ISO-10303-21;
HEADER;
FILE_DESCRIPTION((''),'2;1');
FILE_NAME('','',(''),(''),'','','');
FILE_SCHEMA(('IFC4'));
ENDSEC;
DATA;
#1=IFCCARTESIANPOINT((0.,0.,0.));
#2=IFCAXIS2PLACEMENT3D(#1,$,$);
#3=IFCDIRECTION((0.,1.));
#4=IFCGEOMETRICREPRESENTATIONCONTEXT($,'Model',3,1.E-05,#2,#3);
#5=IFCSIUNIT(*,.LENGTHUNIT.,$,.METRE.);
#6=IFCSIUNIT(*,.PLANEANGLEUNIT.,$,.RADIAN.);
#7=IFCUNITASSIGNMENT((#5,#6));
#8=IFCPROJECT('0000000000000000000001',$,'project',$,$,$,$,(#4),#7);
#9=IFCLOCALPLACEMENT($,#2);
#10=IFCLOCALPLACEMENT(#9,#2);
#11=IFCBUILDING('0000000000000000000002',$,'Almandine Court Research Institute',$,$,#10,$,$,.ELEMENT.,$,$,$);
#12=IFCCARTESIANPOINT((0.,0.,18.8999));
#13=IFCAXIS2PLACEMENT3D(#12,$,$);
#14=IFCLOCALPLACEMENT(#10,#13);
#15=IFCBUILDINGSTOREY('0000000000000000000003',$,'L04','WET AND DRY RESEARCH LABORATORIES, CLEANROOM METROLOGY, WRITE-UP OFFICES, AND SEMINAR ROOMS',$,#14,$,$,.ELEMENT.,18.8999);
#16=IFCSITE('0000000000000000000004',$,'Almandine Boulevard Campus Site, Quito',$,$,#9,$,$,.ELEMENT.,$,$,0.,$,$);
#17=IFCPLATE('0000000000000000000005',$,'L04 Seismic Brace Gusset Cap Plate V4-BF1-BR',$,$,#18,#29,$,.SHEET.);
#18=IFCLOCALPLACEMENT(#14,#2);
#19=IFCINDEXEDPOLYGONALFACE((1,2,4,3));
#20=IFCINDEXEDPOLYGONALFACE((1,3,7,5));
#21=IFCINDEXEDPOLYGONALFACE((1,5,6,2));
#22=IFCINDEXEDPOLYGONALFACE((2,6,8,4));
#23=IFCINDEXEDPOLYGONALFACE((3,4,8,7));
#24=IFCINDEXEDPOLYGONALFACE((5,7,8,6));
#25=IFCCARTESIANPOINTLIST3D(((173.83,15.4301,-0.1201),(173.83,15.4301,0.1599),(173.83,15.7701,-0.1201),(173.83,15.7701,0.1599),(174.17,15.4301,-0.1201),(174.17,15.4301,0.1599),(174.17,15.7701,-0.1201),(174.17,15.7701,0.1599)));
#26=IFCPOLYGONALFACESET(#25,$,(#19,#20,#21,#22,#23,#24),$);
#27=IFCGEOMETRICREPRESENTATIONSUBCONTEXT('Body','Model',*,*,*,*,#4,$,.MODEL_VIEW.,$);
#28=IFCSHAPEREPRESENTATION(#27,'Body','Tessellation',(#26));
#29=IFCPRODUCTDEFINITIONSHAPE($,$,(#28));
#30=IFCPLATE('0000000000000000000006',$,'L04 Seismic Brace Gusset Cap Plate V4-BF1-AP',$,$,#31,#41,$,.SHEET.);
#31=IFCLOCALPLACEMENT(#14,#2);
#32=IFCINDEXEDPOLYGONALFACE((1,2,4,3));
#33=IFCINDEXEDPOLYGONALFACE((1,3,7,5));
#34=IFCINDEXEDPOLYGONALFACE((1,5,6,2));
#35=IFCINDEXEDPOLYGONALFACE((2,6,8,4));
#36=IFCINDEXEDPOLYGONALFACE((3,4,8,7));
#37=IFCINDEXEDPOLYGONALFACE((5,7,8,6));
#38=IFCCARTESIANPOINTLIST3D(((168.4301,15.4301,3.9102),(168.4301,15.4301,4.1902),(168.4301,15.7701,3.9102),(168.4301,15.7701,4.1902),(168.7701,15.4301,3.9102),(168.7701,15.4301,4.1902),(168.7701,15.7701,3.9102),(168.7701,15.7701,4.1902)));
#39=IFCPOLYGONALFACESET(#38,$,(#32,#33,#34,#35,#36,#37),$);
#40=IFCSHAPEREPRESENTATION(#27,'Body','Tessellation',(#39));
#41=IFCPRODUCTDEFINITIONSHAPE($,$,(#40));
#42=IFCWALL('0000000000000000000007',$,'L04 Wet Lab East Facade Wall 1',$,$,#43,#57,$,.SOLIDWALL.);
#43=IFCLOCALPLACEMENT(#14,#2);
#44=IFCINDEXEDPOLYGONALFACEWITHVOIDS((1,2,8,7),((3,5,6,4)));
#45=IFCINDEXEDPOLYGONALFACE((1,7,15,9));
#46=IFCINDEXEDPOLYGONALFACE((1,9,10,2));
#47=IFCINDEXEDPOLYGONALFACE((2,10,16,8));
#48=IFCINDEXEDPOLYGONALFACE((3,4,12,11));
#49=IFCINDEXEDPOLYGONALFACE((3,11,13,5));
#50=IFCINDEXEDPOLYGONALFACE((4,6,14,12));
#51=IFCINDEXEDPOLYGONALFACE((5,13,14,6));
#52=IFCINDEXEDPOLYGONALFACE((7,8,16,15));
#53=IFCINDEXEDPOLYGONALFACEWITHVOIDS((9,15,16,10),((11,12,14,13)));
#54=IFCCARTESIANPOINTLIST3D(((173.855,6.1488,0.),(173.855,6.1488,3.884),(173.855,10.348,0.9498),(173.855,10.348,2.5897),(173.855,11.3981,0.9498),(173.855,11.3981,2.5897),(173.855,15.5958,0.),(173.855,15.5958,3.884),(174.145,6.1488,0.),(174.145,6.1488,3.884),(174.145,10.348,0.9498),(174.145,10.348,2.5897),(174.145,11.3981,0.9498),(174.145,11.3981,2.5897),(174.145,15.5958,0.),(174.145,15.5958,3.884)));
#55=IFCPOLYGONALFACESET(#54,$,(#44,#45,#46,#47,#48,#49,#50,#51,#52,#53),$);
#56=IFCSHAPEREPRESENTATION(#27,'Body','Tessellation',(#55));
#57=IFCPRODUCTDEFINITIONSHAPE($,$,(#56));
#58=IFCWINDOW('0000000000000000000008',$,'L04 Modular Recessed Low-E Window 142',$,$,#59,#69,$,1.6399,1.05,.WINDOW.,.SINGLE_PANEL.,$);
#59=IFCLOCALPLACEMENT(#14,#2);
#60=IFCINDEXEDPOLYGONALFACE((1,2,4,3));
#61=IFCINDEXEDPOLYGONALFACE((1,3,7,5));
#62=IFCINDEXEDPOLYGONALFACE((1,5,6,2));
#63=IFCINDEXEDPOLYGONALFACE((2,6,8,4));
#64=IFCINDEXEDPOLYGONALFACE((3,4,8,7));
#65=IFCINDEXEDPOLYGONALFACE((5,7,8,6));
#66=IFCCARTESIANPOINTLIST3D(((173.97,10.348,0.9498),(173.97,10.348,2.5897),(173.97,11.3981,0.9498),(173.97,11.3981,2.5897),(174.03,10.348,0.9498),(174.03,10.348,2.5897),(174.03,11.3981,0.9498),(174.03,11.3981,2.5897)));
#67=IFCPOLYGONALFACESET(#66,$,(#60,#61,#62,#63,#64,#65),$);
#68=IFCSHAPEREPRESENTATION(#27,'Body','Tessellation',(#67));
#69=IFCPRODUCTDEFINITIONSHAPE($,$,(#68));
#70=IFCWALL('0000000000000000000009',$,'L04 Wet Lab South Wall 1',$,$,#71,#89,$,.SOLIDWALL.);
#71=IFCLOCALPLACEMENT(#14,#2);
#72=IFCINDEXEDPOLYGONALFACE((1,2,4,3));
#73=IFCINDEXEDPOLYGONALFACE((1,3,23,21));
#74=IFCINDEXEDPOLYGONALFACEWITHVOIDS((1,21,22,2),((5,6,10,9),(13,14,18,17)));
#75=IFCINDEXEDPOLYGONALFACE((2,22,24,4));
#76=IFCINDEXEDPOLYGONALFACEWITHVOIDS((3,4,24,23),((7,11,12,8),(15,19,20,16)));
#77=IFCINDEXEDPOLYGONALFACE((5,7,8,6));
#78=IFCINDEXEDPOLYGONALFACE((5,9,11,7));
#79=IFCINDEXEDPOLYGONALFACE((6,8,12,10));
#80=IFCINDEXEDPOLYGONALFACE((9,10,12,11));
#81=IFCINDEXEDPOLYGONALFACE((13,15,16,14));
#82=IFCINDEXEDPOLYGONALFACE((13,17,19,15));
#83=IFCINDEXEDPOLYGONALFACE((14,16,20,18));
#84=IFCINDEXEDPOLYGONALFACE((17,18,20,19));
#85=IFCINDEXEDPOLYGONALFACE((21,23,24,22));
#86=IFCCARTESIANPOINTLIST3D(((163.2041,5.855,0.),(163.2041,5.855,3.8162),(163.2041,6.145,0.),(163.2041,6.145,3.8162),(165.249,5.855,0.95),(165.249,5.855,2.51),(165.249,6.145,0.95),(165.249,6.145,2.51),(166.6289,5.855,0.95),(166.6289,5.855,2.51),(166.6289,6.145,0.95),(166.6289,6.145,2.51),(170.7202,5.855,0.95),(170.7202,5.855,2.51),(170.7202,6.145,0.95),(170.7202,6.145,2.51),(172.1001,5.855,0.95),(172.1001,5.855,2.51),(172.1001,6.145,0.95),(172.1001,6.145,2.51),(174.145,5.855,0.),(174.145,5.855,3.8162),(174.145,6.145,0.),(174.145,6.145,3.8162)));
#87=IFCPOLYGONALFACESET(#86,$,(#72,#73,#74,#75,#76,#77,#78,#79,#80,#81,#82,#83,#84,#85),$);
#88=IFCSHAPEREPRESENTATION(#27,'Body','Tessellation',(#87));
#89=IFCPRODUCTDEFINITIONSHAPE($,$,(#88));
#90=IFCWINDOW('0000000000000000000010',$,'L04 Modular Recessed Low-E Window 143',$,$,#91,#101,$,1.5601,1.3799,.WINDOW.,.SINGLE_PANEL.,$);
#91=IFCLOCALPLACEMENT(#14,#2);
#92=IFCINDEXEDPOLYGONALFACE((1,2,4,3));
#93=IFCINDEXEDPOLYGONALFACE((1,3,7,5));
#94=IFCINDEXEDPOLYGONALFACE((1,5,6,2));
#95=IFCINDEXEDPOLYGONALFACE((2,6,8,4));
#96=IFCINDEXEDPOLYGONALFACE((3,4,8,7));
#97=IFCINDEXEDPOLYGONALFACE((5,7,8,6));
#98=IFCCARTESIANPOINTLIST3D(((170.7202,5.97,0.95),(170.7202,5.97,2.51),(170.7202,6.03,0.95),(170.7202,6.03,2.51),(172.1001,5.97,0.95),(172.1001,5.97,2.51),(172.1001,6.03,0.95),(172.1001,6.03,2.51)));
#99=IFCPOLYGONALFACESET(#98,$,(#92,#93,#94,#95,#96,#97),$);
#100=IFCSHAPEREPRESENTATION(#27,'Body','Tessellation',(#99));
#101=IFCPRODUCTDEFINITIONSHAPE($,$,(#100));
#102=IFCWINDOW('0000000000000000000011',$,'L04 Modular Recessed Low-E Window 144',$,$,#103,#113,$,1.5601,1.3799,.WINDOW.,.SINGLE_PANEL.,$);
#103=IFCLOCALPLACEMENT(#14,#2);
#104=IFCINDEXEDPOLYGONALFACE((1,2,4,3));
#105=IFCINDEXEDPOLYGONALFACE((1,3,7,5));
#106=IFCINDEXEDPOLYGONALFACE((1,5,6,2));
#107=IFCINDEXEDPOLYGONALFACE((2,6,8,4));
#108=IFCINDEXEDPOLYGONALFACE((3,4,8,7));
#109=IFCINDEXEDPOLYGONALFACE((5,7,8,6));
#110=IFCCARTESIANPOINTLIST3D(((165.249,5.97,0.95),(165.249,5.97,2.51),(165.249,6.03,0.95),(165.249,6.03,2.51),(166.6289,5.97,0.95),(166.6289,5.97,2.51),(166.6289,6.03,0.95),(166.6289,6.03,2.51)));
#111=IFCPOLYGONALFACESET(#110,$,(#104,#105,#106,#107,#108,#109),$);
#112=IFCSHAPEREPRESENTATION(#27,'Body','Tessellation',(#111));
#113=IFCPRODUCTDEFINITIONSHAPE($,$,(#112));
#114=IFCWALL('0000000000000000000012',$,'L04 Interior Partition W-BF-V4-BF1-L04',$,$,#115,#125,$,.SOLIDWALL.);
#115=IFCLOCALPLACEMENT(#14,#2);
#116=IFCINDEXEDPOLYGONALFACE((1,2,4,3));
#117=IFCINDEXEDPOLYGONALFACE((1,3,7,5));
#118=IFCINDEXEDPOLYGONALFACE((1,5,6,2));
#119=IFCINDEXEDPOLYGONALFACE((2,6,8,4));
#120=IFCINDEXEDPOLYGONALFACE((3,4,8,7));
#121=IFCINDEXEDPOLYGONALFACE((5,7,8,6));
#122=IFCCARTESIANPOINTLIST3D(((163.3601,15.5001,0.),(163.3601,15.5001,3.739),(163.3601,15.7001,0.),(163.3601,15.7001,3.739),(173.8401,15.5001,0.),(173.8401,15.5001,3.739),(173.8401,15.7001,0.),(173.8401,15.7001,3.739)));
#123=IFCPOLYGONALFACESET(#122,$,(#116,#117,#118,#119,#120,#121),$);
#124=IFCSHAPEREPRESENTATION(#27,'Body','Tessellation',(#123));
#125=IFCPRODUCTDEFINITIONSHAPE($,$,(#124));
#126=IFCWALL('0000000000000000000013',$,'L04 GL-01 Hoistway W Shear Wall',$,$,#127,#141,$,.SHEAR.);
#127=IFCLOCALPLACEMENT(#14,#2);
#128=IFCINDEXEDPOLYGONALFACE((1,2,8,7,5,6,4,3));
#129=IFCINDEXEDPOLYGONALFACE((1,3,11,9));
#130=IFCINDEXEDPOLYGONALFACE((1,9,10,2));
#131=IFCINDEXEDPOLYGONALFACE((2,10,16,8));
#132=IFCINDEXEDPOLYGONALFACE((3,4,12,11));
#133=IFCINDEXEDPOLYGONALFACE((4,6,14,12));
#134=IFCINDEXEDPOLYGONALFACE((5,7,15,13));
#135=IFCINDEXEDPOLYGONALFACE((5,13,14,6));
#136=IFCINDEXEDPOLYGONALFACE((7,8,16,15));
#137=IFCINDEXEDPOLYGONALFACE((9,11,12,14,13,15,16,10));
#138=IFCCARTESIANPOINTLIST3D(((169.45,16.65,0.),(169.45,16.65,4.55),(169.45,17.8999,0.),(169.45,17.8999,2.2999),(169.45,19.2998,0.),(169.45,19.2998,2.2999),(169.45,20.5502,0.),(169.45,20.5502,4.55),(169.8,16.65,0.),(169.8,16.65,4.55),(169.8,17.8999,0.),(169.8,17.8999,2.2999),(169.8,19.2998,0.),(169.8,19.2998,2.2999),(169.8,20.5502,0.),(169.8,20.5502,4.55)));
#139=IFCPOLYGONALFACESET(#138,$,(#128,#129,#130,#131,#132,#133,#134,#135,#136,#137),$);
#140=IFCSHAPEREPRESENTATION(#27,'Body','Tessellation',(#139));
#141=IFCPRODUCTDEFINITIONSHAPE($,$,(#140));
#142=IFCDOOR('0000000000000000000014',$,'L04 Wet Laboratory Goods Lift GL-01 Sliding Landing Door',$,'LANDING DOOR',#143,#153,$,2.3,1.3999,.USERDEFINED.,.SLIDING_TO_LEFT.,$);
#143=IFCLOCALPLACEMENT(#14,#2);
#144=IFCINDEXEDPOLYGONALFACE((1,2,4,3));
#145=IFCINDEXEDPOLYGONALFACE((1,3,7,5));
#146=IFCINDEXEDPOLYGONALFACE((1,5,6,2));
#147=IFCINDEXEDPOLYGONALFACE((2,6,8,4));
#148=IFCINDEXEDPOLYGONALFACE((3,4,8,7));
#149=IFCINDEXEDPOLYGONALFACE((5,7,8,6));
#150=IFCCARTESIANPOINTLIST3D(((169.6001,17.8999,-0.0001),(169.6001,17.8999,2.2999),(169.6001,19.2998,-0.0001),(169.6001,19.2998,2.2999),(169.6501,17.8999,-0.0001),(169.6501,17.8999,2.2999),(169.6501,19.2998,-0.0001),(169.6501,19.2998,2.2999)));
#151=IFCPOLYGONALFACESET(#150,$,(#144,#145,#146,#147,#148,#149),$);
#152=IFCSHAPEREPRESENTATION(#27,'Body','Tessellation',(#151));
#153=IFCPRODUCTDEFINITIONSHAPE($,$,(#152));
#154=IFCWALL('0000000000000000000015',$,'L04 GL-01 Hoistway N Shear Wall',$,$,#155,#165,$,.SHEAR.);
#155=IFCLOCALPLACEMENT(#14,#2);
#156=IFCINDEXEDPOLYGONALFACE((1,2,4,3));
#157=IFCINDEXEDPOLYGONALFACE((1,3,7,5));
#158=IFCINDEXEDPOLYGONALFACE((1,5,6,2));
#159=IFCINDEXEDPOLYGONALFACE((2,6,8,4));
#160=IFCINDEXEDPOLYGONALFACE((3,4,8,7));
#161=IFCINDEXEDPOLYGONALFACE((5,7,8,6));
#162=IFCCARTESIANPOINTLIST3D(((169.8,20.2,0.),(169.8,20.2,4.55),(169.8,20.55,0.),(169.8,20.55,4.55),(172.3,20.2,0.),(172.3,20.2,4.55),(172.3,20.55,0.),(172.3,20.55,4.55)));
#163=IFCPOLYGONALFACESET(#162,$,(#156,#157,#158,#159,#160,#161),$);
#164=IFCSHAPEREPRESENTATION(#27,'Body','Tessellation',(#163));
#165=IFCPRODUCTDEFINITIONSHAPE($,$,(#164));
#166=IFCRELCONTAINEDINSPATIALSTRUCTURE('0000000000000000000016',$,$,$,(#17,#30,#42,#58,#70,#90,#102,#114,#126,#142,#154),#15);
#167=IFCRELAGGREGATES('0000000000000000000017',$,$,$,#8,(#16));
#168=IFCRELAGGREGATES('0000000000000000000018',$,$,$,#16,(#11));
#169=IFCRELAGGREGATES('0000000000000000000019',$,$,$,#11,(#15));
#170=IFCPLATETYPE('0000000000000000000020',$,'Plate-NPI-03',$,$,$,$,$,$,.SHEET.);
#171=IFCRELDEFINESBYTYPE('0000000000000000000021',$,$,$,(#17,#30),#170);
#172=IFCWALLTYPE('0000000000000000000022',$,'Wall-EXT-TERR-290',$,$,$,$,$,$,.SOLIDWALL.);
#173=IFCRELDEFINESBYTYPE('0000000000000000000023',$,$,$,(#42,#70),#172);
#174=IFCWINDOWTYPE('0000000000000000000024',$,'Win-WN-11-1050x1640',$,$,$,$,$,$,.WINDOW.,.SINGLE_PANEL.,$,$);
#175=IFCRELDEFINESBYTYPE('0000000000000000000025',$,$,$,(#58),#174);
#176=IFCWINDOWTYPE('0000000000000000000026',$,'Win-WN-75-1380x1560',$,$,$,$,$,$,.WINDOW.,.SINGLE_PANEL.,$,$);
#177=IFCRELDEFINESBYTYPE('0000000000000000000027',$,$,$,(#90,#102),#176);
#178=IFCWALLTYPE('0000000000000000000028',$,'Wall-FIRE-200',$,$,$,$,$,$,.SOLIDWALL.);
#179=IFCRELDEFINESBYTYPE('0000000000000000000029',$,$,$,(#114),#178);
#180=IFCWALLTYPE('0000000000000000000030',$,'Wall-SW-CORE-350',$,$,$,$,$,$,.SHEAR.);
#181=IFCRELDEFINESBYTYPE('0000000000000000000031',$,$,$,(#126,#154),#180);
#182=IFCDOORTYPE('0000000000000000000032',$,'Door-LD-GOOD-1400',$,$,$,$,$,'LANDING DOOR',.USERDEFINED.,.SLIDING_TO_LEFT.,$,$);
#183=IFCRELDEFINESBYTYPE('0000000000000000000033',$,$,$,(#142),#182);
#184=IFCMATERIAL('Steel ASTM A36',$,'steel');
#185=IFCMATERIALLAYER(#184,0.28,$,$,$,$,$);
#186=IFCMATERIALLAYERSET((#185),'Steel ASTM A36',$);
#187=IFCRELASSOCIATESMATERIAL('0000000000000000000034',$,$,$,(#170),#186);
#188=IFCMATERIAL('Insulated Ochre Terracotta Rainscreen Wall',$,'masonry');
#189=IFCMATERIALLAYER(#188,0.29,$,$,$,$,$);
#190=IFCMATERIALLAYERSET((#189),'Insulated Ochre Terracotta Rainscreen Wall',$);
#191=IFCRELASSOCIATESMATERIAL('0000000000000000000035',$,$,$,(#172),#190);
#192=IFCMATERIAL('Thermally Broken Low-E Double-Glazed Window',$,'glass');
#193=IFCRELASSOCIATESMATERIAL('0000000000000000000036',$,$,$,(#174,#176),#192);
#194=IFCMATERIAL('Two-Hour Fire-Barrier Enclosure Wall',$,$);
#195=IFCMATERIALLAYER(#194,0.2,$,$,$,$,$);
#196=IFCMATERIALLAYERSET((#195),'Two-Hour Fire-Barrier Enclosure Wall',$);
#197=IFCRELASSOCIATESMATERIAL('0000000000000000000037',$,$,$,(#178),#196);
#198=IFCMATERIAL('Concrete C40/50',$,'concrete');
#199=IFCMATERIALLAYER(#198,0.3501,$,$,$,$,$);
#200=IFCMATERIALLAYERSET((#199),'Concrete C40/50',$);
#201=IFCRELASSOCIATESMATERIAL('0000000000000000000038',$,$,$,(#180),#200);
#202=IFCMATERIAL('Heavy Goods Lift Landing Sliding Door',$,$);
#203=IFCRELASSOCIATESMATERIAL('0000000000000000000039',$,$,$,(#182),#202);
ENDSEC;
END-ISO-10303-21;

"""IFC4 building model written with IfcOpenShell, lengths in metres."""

from ifc_helpers import new_model, si_unit, direction, frame, frame_2d, origin, origin_2d, place, context, subcontext, project, spatial, rectangle, extrude, material, layer, layer_set, type_object, element, fill, save


model = new_model("IFC4")

# Units and contexts
model_context = context("Model", 3, precision=1e-05, world=origin(), true_north=direction((0.0, 1.0)))
body_context = subcontext(model_context, "Body", "Model", "MODEL_VIEW")
ifc_project = project(units=[si_unit("LENGTHUNIT", "METRE"), si_unit("PLANEANGLEUNIT", "RADIAN")], contexts=[model_context])

# Site, building, storey
site_placement = place(None, origin())
site = spatial("IfcSite", under=ifc_project, at=site_placement, Name="Almandine Boulevard Campus Site, Quito", CompositionType="ELEMENT", RefElevation=0.0)
building_placement = place(site_placement, origin())
building = spatial("IfcBuilding", under=site, at=building_placement, Name="Almandine Court Research Institute", CompositionType="ELEMENT")
storey_placement = place(building_placement, frame((0.0, 0.0, 18.8999)))
storey = spatial("IfcBuildingStorey", under=building, at=storey_placement, Name="L04", Description="WET AND DRY RESEARCH LABORATORIES, CLEANROOM METROLOGY, WRITE-UP OFFICES, AND SEMINAR ROOMS", CompositionType="ELEMENT", Elevation=18.8999)

# Plates
ifc_material_1 = material(Name="Steel ASTM A36", Category="steel")
ifc_layer_1 = layer(ifc_material_1, 0.28)
ifc_layer_set_1 = layer_set([ifc_layer_1], Name="Steel ASTM A36")
plate_type = type_object("IfcPlateType", Name="Plate-NPI-03", PredefinedType="SHEET", material=ifc_layer_set_1)
for number, where, z_axis, x_axis, name in (
    (1, (174.0, 15.6001, -0.1201), (0.0, 0.0, 1.0), (1.0, 0.0, 0.0), "L04 Seismic Brace Gusset Cap Plate V4-BF1-BR"),
    (2, (168.6001, 15.6001, 3.9102), (0.0, 0.0, 1.0), (1.0, 0.0, 0.0), "L04 Seismic Brace Gusset Cap Plate V4-BF1-AP"),
):
    element("IfcPlate", number, at=place(storey_placement, frame(where, z_axis=z_axis, x_axis=x_axis)), inside=storey, type_object=plate_type, Name=name, PredefinedType="SHEET", context=body_context, shape_type="SweptSolid", body=[
        extrude(rectangle(XDim=0.3401, YDim=0.3401, at=origin_2d()), origin(), (0.0, 0.0, 1.0), 0.28),
    ])

# Wall, opening, window
ifc_material_2 = material(Name="Insulated Ochre Terracotta Rainscreen Wall", Category="masonry")
ifc_layer_2 = layer(ifc_material_2, 0.29)
ifc_layer_set_2 = layer_set([ifc_layer_2], Name="Insulated Ochre Terracotta Rainscreen Wall")
wall_type_1 = type_object("IfcWallType", Name="Wall-EXT-TERR-290", PredefinedType="SOLIDWALL", material=ifc_layer_set_2)
wall_1_placement = place(storey_placement, frame((174.0, 15.5959, 0.0), z_axis=(0.0, 0.0, 1.0), x_axis=(0.0, -1.0, 0.0)))
wall_1 = element("IfcWall", 3, at=wall_1_placement, inside=storey, type_object=wall_type_1, Name="L04 Wet Lab East Facade Wall 1", PredefinedType="SOLIDWALL", context=body_context, shape_type="SweptSolid", body=[
    extrude(rectangle(XDim=9.447, YDim=0.29, at=frame_2d((4.7236, 0.0))), origin(), (0.0, 0.0, 1.0), 3.884),
])
opening_1_placement = place(wall_1_placement, frame((4.198, 0.0, 0.95)))
opening_1 = element("IfcOpeningElement", 4, at=opening_1_placement, cuts=wall_1, PredefinedType="OPENING", context=body_context, shape_type="SweptSolid", body=[
    extrude(rectangle(XDim=1.05, YDim=1.6399, at=frame_2d((0.5249, 0.8198))), frame((0.0, 0.155, 0.0), z_axis=(0.0, -1.0, 0.0), x_axis=(1.0, 0.0, 0.0)), (0.0, 0.0, 1.0), 0.3101),
])
ifc_material_3 = material(Name="Thermally Broken Low-E Double-Glazed Window", Category="glass")
window_type_1 = type_object("IfcWindowType", Name="Win-WN-11-1050x1640", PartitioningType="SINGLE_PANEL", PredefinedType="WINDOW", material=ifc_material_3)
window_1_placement = place(opening_1_placement, origin())
window_1 = element("IfcWindow", 5, at=window_1_placement, inside=storey, type_object=window_type_1, Name="L04 Modular Recessed Low-E Window 142", OverallHeight=1.6399, OverallWidth=1.05, PartitioningType="SINGLE_PANEL", PredefinedType="WINDOW", context=body_context, shape_type="SweptSolid", body=[
    extrude(rectangle(XDim=1.05, YDim=1.6399, at=frame_2d((0.5249, 0.8198))), frame((0.0, 0.03, 0.0), z_axis=(0.0, -1.0, 0.0), x_axis=(1.0, 0.0, 0.0)), (0.0, 0.0, 1.0), 0.0601),
])
fill(opening_1, window_1)

# Wall, openings, windows
wall_2_placement = place(storey_placement, frame((174.145, 6.0, 0.0), z_axis=(0.0, 0.0, 1.0), x_axis=(-1.0, 0.0, 0.0)))
wall_2 = element("IfcWall", 6, at=wall_2_placement, inside=storey, type_object=wall_type_1, Name="L04 Wet Lab South Wall 1", PredefinedType="SOLIDWALL", context=body_context, shape_type="SweptSolid", body=[
    extrude(rectangle(XDim=10.9409, YDim=0.29, at=frame_2d((5.4705, 0.0))), origin(), (0.0, 0.0, 1.0), 3.8162),
])
opening_2_placement = place(wall_2_placement, frame((2.0449, 0.0, 0.95)))
opening_2 = element("IfcOpeningElement", 7, at=opening_2_placement, cuts=wall_2, PredefinedType="OPENING", context=body_context, shape_type="SweptSolid", body=[
    extrude(rectangle(XDim=1.3799, YDim=1.5601, at=frame_2d((0.6899, 0.78))), frame((0.0, 0.155, 0.0), z_axis=(0.0, -1.0, 0.0), x_axis=(1.0, 0.0, 0.0)), (0.0, 0.0, 1.0), 0.3101),
])
opening_3_placement = place(wall_2_placement, frame((7.5161, 0.0, 0.95)))
opening_3 = element("IfcOpeningElement", 8, at=opening_3_placement, cuts=wall_2, PredefinedType="OPENING", context=body_context, shape_type="SweptSolid", body=[
    extrude(rectangle(XDim=1.3799, YDim=1.5601, at=frame_2d((0.6899, 0.78))), frame((0.0, 0.155, 0.0), z_axis=(0.0, -1.0, 0.0), x_axis=(1.0, 0.0, 0.0)), (0.0, 0.0, 1.0), 0.3101),
])
window_type_2 = type_object("IfcWindowType", Name="Win-WN-75-1380x1560", PartitioningType="SINGLE_PANEL", PredefinedType="WINDOW", material=ifc_material_3)
window_2_placement = place(opening_2_placement, origin())
window_2 = element("IfcWindow", 9, at=window_2_placement, inside=storey, type_object=window_type_2, Name="L04 Modular Recessed Low-E Window 143", OverallHeight=1.5601, OverallWidth=1.3799, PartitioningType="SINGLE_PANEL", PredefinedType="WINDOW", context=body_context, shape_type="SweptSolid", body=[
    extrude(rectangle(XDim=1.3799, YDim=1.5601, at=frame_2d((0.6899, 0.78))), frame((0.0, 0.03, 0.0), z_axis=(0.0, -1.0, 0.0), x_axis=(1.0, 0.0, 0.0)), (0.0, 0.0, 1.0), 0.0601),
])
fill(opening_2, window_2)
window_3_placement = place(opening_3_placement, origin())
window_3 = element("IfcWindow", 10, at=window_3_placement, inside=storey, type_object=window_type_2, Name="L04 Modular Recessed Low-E Window 144", OverallHeight=1.5601, OverallWidth=1.3799, PartitioningType="SINGLE_PANEL", PredefinedType="WINDOW", context=body_context, shape_type="SweptSolid", body=[
    extrude(rectangle(XDim=1.3799, YDim=1.5601, at=frame_2d((0.6899, 0.78))), frame((0.0, 0.03, 0.0), z_axis=(0.0, -1.0, 0.0), x_axis=(1.0, 0.0, 0.0)), (0.0, 0.0, 1.0), 0.0601),
])
fill(opening_3, window_3)

# Wall
ifc_material_4 = material(Name="Two-Hour Fire-Barrier Enclosure Wall")
ifc_layer_3 = layer(ifc_material_4, 0.2)
ifc_layer_set_3 = layer_set([ifc_layer_3], Name="Two-Hour Fire-Barrier Enclosure Wall")
wall_type_2 = type_object("IfcWallType", Name="Wall-FIRE-200", PredefinedType="SOLIDWALL", material=ifc_layer_set_3)
wall_3_placement = place(storey_placement, frame((163.3601, 15.6001, 0.0), z_axis=(0.0, 0.0, 1.0), x_axis=(1.0, 0.0, 0.0)))
element("IfcWall", 11, at=wall_3_placement, inside=storey, type_object=wall_type_2, Name="L04 Interior Partition W-BF-V4-BF1-L04", PredefinedType="SOLIDWALL", context=body_context, shape_type="SweptSolid", body=[
    extrude(rectangle(XDim=10.48, YDim=0.2, at=frame_2d((5.24, 0.0))), origin(), (0.0, 0.0, 1.0), 3.739),
])

# Wall, opening, door
ifc_material_5 = material(Name="Concrete C40/50", Category="concrete")
ifc_layer_4 = layer(ifc_material_5, 0.3501)
ifc_layer_set_4 = layer_set([ifc_layer_4], Name="Concrete C40/50")
wall_type_3 = type_object("IfcWallType", Name="Wall-SW-CORE-350", PredefinedType="SHEAR", material=ifc_layer_set_4)
wall_4_placement = place(storey_placement, frame((169.625, 16.6499, 0.0), z_axis=(0.0, 0.0, 1.0), x_axis=(0.0, 1.0, 0.0)))
wall_4 = element("IfcWall", 12, at=wall_4_placement, inside=storey, type_object=wall_type_3, Name="L04 GL-01 Hoistway W Shear Wall", PredefinedType="SHEAR", context=body_context, shape_type="SweptSolid", body=[
    extrude(rectangle(XDim=3.9001, YDim=0.3501, at=frame_2d((1.9502, 0.0))), origin(), (0.0, 0.0, 1.0), 4.55),
])
opening_4_placement = place(wall_4_placement, frame((1.25, 0.0, 0.0)))
opening_4 = element("IfcOpeningElement", 13, at=opening_4_placement, cuts=wall_4, PredefinedType="OPENING", context=body_context, shape_type="SweptSolid", body=[
    extrude(rectangle(XDim=1.3999, YDim=2.3, at=frame_2d((0.7, 1.1499))), frame((0.0, 0.1851, 0.0), z_axis=(0.0, -1.0, 0.0), x_axis=(1.0, 0.0, 0.0)), (0.0, 0.0, 1.0), 0.3701),
])
ifc_material_6 = material(Name="Heavy Goods Lift Landing Sliding Door")
door_type = type_object("IfcDoorType", Name="Door-LD-GOOD-1400", ElementType="LANDING DOOR", OperationType="SLIDING_TO_LEFT", PredefinedType="USERDEFINED", material=ifc_material_6)
door_placement = place(opening_4_placement, origin())
door = element("IfcDoor", 14, at=door_placement, inside=storey, type_object=door_type, Name="L04 Wet Laboratory Goods Lift GL-01 Sliding Landing Door", ObjectType="LANDING DOOR", OperationType="SLIDING_TO_LEFT", OverallHeight=2.3, OverallWidth=1.3999, PredefinedType="USERDEFINED", context=body_context, shape_type="SweptSolid", body=[
    extrude(rectangle(XDim=1.3999, YDim=2.3, at=frame_2d((0.7, 1.1499))), frame((0.0, 0.0249, 0.0), z_axis=(0.0, -1.0, 0.0), x_axis=(1.0, 0.0, 0.0)), (0.0, 0.0, 1.0), 0.05),
])
fill(opening_4, door)

# Wall
for number, where, z_axis, x_axis, name in (
    (15, (169.8, 20.375, 0.0), (0.0, 0.0, 1.0), (1.0, 0.0, 0.0), "L04 GL-01 Hoistway N Shear Wall"),
):
    element("IfcWall", number, at=place(storey_placement, frame(where, z_axis=z_axis, x_axis=x_axis)), inside=storey, type_object=wall_type_3, Name=name, PredefinedType="SHEAR", context=body_context, shape_type="SweptSolid", body=[
        extrude(rectangle(XDim=2.5, YDim=0.3501, at=frame_2d((1.25, 0.0))), origin(), (0.0, 0.0, 1.0), 4.55),
    ])

save(model, "model.ifc")
